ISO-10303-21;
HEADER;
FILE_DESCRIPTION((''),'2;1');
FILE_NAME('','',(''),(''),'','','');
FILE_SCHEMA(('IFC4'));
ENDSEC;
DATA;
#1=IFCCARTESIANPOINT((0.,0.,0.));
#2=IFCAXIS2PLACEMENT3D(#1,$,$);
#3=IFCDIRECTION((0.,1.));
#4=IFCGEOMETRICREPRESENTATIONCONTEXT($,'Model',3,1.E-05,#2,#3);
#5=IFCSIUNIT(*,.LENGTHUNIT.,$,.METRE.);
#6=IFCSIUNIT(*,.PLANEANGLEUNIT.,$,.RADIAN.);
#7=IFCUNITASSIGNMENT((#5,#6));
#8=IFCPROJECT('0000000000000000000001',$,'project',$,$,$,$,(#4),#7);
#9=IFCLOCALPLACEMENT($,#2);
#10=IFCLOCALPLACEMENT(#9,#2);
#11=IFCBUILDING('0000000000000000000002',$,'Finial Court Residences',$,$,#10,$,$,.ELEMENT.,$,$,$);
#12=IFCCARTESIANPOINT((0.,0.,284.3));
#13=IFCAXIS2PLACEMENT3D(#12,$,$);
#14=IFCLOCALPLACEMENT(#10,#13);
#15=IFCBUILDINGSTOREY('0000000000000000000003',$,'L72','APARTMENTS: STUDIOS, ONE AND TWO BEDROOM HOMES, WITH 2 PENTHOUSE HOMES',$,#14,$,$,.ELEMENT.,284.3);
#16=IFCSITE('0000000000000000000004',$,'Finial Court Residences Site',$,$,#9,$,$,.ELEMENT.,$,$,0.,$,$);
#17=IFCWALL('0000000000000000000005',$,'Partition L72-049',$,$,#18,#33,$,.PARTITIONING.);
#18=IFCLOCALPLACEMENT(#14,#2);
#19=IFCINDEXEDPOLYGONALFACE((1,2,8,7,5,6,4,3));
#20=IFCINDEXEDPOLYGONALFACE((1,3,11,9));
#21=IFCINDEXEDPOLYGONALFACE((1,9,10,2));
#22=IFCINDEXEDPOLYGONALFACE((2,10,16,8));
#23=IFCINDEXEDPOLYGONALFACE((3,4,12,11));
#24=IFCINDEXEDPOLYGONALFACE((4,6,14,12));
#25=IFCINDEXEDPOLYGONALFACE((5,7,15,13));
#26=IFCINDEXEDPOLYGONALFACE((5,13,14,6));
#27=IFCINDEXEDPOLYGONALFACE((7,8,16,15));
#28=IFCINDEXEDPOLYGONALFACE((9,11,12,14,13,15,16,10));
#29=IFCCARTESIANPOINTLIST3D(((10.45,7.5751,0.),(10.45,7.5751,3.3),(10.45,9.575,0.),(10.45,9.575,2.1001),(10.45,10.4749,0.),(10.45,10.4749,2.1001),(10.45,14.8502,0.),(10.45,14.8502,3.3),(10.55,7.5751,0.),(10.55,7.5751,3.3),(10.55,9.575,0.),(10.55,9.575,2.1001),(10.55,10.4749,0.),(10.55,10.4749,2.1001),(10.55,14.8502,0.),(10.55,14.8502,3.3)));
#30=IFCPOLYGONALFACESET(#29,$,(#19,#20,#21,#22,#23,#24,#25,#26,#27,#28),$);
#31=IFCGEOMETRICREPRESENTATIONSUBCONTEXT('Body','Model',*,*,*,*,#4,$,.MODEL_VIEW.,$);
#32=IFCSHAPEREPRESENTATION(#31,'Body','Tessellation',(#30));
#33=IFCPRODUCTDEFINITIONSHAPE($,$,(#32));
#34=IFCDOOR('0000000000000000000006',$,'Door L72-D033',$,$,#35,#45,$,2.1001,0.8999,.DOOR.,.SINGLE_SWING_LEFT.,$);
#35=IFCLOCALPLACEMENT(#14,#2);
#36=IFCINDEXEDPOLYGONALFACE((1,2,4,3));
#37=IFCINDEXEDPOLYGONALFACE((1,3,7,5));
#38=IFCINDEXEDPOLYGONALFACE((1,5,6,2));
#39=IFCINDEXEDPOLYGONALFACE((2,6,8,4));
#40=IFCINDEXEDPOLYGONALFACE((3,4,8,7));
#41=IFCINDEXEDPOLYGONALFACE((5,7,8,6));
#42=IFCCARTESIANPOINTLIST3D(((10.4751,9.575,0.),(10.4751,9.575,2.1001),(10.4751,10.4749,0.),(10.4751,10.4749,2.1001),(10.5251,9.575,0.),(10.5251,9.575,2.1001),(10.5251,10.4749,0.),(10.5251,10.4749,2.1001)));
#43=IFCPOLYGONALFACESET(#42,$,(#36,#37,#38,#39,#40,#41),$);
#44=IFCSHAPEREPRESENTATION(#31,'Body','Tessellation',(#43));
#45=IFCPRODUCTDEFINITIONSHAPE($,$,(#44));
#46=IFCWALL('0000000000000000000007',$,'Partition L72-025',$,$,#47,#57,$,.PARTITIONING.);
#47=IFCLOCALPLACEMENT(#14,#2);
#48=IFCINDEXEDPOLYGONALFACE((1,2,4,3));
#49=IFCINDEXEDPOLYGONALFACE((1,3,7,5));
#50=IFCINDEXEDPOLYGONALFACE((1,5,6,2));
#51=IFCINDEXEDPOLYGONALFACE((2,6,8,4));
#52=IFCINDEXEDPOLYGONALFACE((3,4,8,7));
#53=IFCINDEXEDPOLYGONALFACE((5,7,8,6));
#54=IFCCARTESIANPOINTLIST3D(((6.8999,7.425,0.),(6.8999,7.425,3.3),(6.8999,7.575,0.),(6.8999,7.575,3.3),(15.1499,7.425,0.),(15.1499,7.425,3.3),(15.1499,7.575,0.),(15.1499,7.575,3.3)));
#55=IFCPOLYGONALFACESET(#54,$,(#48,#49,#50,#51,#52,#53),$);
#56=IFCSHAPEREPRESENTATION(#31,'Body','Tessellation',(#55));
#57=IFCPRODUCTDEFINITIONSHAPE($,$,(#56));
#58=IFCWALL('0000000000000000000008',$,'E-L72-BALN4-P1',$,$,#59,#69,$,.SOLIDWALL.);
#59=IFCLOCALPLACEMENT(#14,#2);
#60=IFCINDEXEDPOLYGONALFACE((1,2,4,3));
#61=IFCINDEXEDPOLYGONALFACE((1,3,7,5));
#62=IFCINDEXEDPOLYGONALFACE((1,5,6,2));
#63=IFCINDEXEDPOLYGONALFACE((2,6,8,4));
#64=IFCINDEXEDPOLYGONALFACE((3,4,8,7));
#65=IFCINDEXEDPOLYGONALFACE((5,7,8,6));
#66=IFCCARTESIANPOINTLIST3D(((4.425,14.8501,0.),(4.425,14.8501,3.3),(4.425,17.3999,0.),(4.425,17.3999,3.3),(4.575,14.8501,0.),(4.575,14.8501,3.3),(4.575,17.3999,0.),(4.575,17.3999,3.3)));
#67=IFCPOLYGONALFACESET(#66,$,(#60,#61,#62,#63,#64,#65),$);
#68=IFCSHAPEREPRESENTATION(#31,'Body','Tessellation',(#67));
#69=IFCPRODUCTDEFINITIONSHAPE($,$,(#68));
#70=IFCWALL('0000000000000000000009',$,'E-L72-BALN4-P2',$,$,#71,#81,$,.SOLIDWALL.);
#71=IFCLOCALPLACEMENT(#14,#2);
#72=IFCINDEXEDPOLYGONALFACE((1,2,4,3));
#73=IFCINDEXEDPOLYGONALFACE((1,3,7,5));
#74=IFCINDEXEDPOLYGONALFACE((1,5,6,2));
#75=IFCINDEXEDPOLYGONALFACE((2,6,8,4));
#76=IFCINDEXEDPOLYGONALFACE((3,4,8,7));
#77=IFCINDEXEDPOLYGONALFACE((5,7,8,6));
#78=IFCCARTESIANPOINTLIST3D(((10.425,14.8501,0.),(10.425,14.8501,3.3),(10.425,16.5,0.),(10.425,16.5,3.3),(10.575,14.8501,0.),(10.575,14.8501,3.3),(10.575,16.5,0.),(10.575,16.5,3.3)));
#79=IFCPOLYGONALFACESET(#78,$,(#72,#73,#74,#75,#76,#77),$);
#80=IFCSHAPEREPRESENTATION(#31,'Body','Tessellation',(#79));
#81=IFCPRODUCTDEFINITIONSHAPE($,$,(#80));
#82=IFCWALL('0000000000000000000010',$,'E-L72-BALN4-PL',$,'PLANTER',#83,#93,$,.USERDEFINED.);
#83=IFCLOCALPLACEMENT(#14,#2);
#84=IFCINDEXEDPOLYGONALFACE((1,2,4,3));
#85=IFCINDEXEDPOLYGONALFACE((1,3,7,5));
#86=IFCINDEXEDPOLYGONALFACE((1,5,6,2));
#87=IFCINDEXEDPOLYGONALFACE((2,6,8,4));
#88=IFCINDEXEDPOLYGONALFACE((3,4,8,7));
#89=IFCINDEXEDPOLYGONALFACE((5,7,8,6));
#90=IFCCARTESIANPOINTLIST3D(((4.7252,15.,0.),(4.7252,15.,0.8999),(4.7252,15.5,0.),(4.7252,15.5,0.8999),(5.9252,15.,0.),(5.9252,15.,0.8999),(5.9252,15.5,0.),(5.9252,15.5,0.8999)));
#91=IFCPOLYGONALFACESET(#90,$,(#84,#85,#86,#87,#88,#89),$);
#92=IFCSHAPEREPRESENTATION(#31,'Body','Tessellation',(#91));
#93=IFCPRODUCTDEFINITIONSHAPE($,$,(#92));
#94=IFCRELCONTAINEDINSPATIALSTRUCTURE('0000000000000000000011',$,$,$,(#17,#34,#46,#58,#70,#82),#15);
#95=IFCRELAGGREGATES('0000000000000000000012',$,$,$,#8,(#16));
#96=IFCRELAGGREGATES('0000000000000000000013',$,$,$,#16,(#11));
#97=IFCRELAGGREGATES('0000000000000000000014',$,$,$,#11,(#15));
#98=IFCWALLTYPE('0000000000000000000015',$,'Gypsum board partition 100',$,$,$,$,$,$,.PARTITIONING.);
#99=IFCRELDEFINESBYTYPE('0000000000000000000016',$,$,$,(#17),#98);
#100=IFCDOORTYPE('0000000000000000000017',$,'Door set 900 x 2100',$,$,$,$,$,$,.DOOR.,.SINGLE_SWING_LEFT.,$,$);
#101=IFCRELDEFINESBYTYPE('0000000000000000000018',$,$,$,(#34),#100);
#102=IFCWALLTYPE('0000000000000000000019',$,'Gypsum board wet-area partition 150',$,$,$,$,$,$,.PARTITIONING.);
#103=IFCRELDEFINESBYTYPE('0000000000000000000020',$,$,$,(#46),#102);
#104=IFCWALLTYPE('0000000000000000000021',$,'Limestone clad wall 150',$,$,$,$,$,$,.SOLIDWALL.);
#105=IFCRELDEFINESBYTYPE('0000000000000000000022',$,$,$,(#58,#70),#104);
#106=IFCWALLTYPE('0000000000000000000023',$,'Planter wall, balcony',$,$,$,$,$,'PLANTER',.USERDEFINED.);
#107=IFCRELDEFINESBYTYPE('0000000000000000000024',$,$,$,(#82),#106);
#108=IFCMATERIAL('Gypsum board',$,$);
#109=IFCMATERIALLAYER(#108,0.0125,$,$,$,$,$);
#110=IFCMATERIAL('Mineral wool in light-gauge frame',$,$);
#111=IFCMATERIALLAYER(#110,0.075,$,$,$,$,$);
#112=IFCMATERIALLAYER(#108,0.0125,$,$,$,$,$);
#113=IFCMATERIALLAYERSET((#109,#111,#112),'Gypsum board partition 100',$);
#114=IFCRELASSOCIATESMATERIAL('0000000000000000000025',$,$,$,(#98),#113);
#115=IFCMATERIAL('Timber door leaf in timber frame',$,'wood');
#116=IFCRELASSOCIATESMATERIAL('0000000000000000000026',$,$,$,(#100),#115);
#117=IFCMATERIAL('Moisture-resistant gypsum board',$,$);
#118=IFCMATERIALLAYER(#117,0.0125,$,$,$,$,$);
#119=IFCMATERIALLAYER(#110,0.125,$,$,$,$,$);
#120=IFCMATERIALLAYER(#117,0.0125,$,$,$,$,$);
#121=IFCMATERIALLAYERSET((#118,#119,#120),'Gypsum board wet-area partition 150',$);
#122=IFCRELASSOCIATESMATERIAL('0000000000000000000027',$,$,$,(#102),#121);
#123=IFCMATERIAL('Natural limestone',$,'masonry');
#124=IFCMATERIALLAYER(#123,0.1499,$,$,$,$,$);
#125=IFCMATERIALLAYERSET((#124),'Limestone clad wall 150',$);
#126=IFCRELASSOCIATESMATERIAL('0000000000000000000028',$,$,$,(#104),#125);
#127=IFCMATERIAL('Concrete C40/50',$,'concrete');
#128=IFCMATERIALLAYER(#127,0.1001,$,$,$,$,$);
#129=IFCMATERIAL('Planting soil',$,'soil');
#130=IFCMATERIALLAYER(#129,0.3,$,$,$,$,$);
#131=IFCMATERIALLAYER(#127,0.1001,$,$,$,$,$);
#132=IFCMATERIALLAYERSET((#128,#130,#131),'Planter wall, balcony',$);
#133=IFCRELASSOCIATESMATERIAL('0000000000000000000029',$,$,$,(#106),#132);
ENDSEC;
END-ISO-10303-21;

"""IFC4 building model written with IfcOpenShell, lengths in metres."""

from ifc_helpers import new_model, si_unit, direction, frame, frame_2d, origin, place, context, subcontext, project, spatial, rectangle, extrude, material, layer, layer_set, type_object, element, fill, save


model = new_model("IFC4")

# Units and contexts
model_context = context("Model", 3, precision=1e-05, world=origin(), true_north=direction((0.0, 1.0)))
body_context = subcontext(model_context, "Body", "Model", "MODEL_VIEW")
ifc_project = project(units=[si_unit("LENGTHUNIT", "METRE"), si_unit("PLANEANGLEUNIT", "RADIAN")], contexts=[model_context])

# Site, building, storey
site_placement = place(None, origin())
site = spatial("IfcSite", under=ifc_project, at=site_placement, Name="Finial Court Residences Site", CompositionType="ELEMENT", RefElevation=0.0)
building_placement = place(site_placement, origin())
building = spatial("IfcBuilding", under=site, at=building_placement, Name="Finial Court Residences", CompositionType="ELEMENT")
storey_placement = place(building_placement, frame((0.0, 0.0, 284.3)))
storey = spatial("IfcBuildingStorey", under=building, at=storey_placement, Name="L72", Description="APARTMENTS: STUDIOS, ONE AND TWO BEDROOM HOMES, WITH 2 PENTHOUSE HOMES", CompositionType="ELEMENT", Elevation=284.3)

# Wall, opening, door
ifc_material_1 = material(Name="Gypsum board")
ifc_layer_1 = layer(ifc_material_1, 0.0125)
ifc_material_2 = material(Name="Mineral wool in light-gauge frame")
ifc_layer_2 = layer(ifc_material_2, 0.075)
ifc_layer_3 = layer(ifc_material_1, 0.0125)
ifc_layer_set_1 = layer_set([ifc_layer_1, ifc_layer_2, ifc_layer_3], Name="Gypsum board partition 100")
wall_type_1 = type_object("IfcWallType", Name="Gypsum board partition 100", PredefinedType="PARTITIONING", material=ifc_layer_set_1)
ifc_material_3 = material(Name="Timber door leaf in timber frame", Category="wood")
door_type_1 = type_object("IfcDoorType", Name="Door set 900 x 2100", OperationType="SINGLE_SWING_LEFT", PredefinedType="DOOR", material=ifc_material_3)
wall_1_placement = place(storey_placement, frame((10.5, 7.575, 0.0), z_axis=(0.0, 0.0, 1.0), x_axis=(0.0, 1.0, 0.0)))
wall_1 = element("IfcWall", 1, at=wall_1_placement, inside=storey, type_object=wall_type_1, Name="Partition L72-049", PredefinedType="PARTITIONING", context=body_context, shape_type="SweptSolid", body=[
    extrude(rectangle(XDim=7.2751, YDim=0.1001, at=frame_2d((3.6377, 0.0))), origin(), (0.0, 0.0, 1.0), 3.3),
])
opening_1_placement = place(wall_1_placement, frame((2.0, 0.0, 0.0)))
opening_1 = element("IfcOpeningElement", 2, at=opening_1_placement, cuts=wall_1, PredefinedType="OPENING", context=body_context, shape_type="SweptSolid", body=[
    extrude(rectangle(XDim=0.8999, YDim=2.1001, at=frame_2d((0.45, 1.05))), frame((0.0, 0.0601, 0.0), z_axis=(0.0, -1.0, 0.0), x_axis=(1.0, 0.0, 0.0)), (0.0, 0.0, 1.0), 0.1201),
])
door_1_placement = place(opening_1_placement, origin())
door_1 = element("IfcDoor", 3, at=door_1_placement, inside=storey, type_object=door_type_1, Name="Door L72-D033", OperationType="SINGLE_SWING_LEFT", OverallHeight=2.1001, OverallWidth=0.8999, PredefinedType="DOOR", context=body_context, shape_type="SweptSolid", body=[
    extrude(rectangle(XDim=0.8999, YDim=2.1001, at=frame_2d((0.45, 1.05))), frame((0.0, 0.0249, 0.0), z_axis=(0.0, -1.0, 0.0), x_axis=(1.0, 0.0, 0.0)), (0.0, 0.0, 1.0), 0.05),
])
fill(opening_1, door_1)

# Walls
ifc_material_4 = material(Name="Moisture-resistant gypsum board")
ifc_layer_4 = layer(ifc_material_4, 0.0125)
ifc_layer_5 = layer(ifc_material_2, 0.125)
ifc_layer_6 = layer(ifc_material_4, 0.0125)
ifc_layer_set_2 = layer_set([ifc_layer_4, ifc_layer_5, ifc_layer_6], Name="Gypsum board wet-area partition 150")
wall_type_2 = type_object("IfcWallType", Name="Gypsum board wet-area partition 150", PredefinedType="PARTITIONING", material=ifc_layer_set_2)
wall_2_placement = place(storey_placement, frame((6.8999, 7.5, 0.0), z_axis=(0.0, 0.0, 1.0), x_axis=(1.0, 0.0, 0.0)))
element("IfcWall", 4, at=wall_2_placement, inside=storey, type_object=wall_type_2, Name="Partition L72-025", PredefinedType="PARTITIONING", context=body_context, shape_type="SweptSolid", body=[
    extrude(rectangle(XDim=8.25, YDim=0.1499, at=frame_2d((4.125, 0.0))), origin(), (0.0, 0.0, 1.0), 3.3),
])
ifc_material_5 = material(Name="Natural limestone", Category="masonry")
ifc_layer_7 = layer(ifc_material_5, 0.1499)
ifc_layer_set_3 = layer_set([ifc_layer_7], Name="Limestone clad wall 150")
wall_type_3 = type_object("IfcWallType", Name="Limestone clad wall 150", PredefinedType="SOLIDWALL", material=ifc_layer_set_3)
wall_3_placement = place(storey_placement, frame((4.5, 14.8501, 0.0), z_axis=(0.0, 0.0, 1.0), x_axis=(0.0, 1.0, 0.0)))
element("IfcWall", 5, at=wall_3_placement, inside=storey, type_object=wall_type_3, Name="E-L72-BALN4-P1", PredefinedType="SOLIDWALL", context=body_context, shape_type="SweptSolid", body=[
    extrude(rectangle(XDim=2.5498, YDim=0.1499, at=frame_2d((1.2749, 0.0))), origin(), (0.0, 0.0, 1.0), 3.3),
])
wall_4_placement = place(storey_placement, frame((10.5, 14.8501, 0.0), z_axis=(0.0, 0.0, 1.0), x_axis=(0.0, 1.0, 0.0)))
element("IfcWall", 6, at=wall_4_placement, inside=storey, type_object=wall_type_3, Name="E-L72-BALN4-P2", PredefinedType="SOLIDWALL", context=body_context, shape_type="SweptSolid", body=[
    extrude(rectangle(XDim=1.6499, YDim=0.1499, at=frame_2d((0.825, 0.0))), origin(), (0.0, 0.0, 1.0), 3.3),
])

# Wall
ifc_material_6 = material(Name="Concrete C40/50", Category="concrete")
ifc_layer_8 = layer(ifc_material_6, 0.1001)
ifc_material_7 = material(Name="Planting soil", Category="soil")
ifc_layer_9 = layer(ifc_material_7, 0.3)
ifc_layer_10 = layer(ifc_material_6, 0.1001)
ifc_layer_set_4 = layer_set([ifc_layer_8, ifc_layer_9, ifc_layer_10], Name="Planter wall, balcony")
wall_type_4 = type_object("IfcWallType", Name="Planter wall, balcony", ElementType="PLANTER", PredefinedType="USERDEFINED", material=ifc_layer_set_4)
wall_5_placement = place(storey_placement, frame((4.7251, 15.25, 0.0), z_axis=(0.0, 0.0, 1.0), x_axis=(1.0, 0.0, 0.0)))
element("IfcWall", 7, at=wall_5_placement, inside=storey, type_object=wall_type_4, Name="E-L72-BALN4-PL", ObjectType="PLANTER", PredefinedType="USERDEFINED", context=body_context, shape_type="SweptSolid", body=[
    extrude(rectangle(XDim=1.2, YDim=0.5, at=frame_2d((0.6001, 0.0))), origin(), (0.0, 0.0, 1.0), 0.8999),
])

save(model, "model.ifc")
